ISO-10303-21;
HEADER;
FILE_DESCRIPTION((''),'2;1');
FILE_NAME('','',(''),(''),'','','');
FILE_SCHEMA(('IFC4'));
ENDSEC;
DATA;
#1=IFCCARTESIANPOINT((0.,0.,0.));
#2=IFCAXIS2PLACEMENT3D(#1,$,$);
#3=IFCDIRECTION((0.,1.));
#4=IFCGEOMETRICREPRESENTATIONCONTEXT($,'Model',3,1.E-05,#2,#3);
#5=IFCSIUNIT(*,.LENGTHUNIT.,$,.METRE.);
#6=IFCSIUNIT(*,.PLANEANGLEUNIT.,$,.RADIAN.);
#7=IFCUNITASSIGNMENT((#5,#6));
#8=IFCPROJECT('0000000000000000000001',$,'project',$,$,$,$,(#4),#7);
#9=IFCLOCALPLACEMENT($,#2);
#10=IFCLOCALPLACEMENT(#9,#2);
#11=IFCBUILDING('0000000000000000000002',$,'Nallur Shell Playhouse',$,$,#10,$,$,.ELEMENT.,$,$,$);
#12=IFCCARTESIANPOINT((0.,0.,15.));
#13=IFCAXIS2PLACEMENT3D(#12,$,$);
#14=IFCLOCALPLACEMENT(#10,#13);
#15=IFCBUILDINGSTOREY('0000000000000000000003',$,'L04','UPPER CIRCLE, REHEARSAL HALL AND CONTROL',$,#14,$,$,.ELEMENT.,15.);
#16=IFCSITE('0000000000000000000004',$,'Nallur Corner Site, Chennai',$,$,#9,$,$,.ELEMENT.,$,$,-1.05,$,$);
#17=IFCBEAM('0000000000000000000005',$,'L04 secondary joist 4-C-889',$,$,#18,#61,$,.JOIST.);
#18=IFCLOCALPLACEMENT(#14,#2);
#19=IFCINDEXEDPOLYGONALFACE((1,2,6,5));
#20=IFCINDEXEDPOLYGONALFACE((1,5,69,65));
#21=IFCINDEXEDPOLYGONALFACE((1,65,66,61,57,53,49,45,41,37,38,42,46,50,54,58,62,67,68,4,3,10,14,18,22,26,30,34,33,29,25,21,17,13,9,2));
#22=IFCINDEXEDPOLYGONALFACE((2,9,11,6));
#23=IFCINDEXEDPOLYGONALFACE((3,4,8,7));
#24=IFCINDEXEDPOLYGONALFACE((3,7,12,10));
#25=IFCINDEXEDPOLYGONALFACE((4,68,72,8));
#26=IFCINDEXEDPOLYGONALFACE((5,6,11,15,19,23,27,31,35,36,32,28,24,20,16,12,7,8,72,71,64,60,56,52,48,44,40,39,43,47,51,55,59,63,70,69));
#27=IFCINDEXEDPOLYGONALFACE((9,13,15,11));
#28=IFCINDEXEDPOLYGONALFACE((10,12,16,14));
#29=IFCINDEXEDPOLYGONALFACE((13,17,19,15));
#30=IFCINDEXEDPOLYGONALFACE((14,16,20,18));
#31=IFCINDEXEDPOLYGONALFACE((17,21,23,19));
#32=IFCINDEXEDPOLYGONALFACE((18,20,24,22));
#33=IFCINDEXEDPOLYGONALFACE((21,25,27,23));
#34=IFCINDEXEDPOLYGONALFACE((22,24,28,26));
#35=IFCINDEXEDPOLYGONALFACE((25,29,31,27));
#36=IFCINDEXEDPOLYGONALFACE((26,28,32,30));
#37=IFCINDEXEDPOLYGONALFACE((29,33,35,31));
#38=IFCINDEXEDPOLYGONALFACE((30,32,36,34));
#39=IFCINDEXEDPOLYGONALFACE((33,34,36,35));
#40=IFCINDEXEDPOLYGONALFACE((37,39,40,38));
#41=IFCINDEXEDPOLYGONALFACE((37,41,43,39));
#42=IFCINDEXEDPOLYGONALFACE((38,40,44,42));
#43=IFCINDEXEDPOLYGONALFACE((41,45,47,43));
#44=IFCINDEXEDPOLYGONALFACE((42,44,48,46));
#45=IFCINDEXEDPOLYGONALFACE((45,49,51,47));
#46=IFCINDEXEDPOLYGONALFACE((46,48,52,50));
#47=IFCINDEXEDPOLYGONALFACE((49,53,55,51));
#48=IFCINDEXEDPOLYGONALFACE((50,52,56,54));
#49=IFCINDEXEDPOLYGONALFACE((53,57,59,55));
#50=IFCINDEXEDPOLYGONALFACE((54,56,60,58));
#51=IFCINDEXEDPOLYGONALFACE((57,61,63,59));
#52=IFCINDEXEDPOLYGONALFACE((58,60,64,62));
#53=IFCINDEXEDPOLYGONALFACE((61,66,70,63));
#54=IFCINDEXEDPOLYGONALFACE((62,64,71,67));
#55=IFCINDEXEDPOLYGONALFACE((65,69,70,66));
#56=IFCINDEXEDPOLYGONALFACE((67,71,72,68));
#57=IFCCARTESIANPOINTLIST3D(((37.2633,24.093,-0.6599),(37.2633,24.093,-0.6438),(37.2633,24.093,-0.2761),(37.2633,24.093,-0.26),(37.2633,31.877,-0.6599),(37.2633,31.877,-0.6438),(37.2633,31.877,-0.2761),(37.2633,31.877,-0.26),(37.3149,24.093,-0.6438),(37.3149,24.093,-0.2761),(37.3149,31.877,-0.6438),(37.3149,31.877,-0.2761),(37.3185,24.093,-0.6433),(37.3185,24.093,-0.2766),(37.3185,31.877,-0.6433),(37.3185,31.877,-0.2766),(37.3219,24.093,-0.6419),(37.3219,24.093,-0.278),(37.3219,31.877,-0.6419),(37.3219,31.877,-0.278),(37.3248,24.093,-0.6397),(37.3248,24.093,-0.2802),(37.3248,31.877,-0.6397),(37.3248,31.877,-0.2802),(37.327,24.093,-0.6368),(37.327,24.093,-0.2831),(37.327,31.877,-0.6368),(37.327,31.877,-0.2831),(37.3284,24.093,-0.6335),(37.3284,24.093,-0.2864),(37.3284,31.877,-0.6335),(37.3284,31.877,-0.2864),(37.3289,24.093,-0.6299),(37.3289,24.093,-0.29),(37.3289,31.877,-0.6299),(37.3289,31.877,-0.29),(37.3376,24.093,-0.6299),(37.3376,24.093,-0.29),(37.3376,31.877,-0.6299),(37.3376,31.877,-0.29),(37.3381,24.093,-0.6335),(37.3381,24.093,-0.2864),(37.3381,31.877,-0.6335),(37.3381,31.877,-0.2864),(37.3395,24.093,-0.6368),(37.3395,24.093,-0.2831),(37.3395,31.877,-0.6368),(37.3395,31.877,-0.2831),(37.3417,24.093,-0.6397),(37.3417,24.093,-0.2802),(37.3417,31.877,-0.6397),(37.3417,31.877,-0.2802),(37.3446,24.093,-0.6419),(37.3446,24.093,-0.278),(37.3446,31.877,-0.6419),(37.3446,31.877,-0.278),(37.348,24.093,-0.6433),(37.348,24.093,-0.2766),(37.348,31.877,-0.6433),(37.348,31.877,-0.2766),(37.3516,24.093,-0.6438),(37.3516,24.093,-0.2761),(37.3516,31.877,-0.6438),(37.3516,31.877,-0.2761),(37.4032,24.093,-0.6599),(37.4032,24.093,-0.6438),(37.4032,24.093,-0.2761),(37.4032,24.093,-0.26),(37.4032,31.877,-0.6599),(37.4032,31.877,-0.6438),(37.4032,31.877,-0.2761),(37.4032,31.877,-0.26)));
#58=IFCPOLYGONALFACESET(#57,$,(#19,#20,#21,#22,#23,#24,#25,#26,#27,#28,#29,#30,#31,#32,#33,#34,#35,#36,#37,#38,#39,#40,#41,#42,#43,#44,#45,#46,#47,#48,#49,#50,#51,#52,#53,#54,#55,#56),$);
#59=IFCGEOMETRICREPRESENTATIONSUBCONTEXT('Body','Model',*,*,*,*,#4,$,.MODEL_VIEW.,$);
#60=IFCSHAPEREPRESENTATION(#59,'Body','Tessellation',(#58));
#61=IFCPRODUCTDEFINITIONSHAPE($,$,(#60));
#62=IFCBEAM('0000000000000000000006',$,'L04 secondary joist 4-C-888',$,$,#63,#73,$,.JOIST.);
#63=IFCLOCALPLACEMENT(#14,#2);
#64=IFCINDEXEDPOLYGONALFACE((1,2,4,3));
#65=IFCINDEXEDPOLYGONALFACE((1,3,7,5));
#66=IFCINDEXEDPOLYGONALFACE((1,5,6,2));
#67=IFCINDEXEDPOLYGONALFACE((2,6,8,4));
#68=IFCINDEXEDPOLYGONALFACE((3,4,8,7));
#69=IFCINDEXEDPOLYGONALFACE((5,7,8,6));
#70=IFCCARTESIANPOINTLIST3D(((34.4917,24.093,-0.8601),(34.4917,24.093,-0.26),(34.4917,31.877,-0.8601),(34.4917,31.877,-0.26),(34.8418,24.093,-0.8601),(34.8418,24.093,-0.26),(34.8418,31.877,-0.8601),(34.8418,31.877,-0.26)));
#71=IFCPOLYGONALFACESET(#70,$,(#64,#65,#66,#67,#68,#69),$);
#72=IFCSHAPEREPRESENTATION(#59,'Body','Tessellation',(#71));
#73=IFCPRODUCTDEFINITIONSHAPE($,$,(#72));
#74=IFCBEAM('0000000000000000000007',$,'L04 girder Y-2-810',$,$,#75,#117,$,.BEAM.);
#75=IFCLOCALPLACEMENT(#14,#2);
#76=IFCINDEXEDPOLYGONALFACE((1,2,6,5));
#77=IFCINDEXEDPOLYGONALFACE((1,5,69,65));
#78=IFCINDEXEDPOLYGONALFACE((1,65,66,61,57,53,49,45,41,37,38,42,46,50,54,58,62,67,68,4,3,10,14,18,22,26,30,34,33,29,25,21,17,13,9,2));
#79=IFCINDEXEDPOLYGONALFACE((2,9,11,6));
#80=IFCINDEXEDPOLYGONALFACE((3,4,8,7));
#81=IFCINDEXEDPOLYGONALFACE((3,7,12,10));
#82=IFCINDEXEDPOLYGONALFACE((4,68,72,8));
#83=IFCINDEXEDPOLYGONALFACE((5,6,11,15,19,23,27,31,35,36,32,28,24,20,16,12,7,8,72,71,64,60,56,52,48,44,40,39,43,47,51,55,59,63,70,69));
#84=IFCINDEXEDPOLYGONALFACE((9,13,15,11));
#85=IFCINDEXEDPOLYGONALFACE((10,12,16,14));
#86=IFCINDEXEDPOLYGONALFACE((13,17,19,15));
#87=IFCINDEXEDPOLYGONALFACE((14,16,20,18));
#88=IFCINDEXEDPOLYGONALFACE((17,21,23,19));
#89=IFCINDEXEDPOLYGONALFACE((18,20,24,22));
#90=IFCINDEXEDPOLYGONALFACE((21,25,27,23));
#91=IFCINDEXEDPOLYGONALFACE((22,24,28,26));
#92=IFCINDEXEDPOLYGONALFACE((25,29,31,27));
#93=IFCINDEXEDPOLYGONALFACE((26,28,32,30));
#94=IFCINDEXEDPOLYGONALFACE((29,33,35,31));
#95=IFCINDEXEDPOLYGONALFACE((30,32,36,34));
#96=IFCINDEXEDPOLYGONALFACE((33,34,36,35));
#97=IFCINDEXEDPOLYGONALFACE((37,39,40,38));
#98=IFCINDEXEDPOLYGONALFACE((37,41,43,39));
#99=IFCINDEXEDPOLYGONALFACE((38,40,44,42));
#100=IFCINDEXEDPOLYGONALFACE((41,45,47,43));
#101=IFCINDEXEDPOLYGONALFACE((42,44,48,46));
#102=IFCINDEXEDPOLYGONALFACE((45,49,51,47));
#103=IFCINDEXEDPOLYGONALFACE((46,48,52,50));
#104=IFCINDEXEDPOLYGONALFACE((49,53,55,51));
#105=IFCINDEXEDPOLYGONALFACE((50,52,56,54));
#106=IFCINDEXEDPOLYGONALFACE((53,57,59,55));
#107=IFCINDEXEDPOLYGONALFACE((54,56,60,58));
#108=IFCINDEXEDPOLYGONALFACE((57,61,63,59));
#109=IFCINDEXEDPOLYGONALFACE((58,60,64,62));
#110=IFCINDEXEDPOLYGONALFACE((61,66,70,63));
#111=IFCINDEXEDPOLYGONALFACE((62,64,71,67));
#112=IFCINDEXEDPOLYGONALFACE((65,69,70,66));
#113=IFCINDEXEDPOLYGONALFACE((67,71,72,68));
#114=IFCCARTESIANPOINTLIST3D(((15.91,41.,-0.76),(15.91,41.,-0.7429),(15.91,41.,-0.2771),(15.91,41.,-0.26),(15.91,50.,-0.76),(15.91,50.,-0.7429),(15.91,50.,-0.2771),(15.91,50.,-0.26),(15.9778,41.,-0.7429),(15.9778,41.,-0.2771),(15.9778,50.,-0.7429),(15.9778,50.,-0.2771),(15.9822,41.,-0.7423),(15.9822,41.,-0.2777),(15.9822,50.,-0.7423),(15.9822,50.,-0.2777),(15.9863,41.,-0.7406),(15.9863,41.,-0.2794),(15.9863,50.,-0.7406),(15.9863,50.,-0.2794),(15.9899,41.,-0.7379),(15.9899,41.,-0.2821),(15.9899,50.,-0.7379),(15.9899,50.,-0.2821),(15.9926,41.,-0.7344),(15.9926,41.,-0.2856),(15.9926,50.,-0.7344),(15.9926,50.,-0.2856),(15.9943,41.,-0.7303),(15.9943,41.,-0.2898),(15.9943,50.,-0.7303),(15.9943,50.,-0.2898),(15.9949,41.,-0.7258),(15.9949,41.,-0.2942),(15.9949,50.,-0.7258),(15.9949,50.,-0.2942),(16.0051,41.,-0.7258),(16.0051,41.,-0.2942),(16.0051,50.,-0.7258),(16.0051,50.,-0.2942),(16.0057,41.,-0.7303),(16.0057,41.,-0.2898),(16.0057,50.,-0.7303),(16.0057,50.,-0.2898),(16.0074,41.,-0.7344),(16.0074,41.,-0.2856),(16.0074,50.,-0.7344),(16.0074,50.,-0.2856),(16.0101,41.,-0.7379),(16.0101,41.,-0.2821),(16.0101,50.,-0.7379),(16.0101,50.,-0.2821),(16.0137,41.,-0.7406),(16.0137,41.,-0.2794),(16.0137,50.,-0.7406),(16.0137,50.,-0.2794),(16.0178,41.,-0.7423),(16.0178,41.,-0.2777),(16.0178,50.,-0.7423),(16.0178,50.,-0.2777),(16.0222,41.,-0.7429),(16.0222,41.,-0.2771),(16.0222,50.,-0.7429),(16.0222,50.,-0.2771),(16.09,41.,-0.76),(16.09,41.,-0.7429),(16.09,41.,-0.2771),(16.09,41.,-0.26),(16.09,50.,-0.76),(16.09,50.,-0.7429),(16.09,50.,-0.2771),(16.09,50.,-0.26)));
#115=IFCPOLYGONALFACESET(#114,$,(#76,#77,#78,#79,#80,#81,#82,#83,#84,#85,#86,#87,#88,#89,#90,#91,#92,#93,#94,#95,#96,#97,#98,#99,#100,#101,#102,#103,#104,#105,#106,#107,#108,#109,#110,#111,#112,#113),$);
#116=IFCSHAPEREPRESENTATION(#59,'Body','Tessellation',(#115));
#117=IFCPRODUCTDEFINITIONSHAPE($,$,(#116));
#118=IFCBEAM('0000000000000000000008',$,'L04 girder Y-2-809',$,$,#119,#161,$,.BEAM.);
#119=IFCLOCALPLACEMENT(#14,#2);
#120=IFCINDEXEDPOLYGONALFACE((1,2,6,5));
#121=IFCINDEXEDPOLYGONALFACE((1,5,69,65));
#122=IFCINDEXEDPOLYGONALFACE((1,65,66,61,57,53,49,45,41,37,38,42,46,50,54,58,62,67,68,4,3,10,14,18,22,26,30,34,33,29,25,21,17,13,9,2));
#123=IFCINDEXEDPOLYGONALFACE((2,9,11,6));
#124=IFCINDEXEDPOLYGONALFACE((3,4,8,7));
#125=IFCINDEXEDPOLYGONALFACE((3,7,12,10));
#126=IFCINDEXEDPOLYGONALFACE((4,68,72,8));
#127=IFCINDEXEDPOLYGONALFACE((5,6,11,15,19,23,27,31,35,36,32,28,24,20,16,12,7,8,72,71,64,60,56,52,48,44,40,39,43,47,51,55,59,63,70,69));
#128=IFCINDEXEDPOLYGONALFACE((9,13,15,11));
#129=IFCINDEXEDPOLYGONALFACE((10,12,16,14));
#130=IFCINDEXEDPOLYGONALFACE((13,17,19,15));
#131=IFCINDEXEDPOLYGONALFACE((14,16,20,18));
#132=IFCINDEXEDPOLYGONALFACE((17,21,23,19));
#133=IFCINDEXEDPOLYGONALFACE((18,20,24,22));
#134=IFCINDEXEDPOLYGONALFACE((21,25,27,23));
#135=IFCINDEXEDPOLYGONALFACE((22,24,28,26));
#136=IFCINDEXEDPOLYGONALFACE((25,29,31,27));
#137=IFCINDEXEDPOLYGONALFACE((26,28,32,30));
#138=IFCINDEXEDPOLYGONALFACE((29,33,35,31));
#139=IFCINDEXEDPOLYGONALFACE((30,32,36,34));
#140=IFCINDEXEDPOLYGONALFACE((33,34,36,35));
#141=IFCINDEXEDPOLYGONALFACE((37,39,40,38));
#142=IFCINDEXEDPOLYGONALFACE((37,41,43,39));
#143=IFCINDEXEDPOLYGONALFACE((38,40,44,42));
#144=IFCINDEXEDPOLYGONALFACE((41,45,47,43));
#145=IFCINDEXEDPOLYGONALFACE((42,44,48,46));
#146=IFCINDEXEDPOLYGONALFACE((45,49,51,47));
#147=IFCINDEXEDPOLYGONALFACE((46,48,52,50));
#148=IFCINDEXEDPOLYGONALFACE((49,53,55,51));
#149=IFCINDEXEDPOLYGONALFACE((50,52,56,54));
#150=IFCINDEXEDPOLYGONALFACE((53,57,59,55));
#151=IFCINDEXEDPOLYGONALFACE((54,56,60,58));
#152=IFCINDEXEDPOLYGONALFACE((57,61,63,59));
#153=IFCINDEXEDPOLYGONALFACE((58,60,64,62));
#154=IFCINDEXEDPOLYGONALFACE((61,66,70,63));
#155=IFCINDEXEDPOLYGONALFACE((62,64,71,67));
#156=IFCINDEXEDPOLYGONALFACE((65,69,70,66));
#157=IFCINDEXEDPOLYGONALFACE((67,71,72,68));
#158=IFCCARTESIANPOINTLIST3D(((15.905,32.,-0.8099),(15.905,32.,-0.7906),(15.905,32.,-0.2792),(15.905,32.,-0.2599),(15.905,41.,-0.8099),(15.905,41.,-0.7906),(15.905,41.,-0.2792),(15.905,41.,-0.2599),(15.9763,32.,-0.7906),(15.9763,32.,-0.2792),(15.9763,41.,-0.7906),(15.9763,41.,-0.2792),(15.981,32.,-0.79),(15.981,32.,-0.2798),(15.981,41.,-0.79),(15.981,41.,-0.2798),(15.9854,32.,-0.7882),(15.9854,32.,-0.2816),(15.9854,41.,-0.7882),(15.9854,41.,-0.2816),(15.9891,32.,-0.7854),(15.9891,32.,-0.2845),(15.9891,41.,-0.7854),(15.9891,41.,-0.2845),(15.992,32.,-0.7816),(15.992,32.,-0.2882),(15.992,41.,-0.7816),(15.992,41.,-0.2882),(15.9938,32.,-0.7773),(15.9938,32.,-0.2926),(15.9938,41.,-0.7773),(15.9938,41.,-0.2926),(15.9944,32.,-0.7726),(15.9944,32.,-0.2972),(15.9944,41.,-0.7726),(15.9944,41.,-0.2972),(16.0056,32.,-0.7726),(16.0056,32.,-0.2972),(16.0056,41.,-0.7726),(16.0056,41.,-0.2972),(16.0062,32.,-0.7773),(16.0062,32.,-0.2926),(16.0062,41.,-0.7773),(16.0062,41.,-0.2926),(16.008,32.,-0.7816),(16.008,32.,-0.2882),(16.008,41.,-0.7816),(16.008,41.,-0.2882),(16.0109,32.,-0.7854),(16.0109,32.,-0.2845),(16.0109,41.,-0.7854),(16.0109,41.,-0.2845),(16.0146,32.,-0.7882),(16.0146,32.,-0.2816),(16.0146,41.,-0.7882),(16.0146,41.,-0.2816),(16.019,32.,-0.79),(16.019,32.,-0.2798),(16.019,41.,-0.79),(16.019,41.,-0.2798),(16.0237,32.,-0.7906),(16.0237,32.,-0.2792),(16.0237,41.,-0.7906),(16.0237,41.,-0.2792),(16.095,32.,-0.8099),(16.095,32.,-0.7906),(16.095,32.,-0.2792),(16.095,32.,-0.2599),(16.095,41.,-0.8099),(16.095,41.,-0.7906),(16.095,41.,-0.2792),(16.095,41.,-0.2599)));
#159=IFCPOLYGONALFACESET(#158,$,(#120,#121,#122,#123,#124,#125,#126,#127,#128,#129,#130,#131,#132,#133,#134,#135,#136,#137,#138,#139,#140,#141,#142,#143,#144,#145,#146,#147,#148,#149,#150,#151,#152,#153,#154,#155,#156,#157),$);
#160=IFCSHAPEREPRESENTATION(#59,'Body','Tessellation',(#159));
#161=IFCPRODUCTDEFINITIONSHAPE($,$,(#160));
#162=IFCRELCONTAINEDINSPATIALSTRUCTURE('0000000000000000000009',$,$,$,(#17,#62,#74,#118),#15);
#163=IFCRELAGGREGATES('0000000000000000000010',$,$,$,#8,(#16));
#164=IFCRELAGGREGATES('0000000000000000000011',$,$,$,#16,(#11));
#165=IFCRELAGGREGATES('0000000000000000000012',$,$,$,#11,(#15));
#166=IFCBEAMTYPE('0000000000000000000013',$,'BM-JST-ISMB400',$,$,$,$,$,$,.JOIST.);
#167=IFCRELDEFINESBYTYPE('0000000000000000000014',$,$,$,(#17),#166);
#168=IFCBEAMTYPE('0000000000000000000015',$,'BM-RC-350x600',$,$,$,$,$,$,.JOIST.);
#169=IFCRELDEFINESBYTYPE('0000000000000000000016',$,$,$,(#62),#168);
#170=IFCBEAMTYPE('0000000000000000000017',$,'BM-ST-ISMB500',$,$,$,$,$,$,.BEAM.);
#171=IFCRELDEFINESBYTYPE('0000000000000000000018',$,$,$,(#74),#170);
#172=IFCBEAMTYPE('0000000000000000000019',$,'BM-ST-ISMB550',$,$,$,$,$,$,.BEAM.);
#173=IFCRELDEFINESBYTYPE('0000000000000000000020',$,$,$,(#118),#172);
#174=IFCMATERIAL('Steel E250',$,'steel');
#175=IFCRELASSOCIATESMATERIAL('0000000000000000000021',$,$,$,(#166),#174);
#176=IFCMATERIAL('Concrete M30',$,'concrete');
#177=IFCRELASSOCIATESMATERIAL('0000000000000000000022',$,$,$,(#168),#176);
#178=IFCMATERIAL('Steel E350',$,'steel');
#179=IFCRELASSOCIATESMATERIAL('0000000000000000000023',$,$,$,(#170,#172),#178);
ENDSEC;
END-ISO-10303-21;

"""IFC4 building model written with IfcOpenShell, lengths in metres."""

from ifc_helpers import new_model, si_unit, direction, frame, origin, origin_2d, place, context, subcontext, project, spatial, rectangle, i_section, extrude, material, material_profile, profile_set, type_object, element, save


model = new_model("IFC4")

# Units and contexts
model_context = context("Model", 3, precision=1e-05, world=origin(), true_north=direction((0.0, 1.0)))
body_context = subcontext(model_context, "Body", "Model", "MODEL_VIEW")
ifc_project = project(units=[si_unit("LENGTHUNIT", "METRE"), si_unit("PLANEANGLEUNIT", "RADIAN")], contexts=[model_context])

# Site, building, storey
site_placement = place(None, origin())
site = spatial("IfcSite", under=ifc_project, at=site_placement, Name="Nallur Corner Site, Chennai", CompositionType="ELEMENT", RefElevation=-1.05)
building_placement = place(site_placement, origin())
building = spatial("IfcBuilding", under=site, at=building_placement, Name="Nallur Shell Playhouse", CompositionType="ELEMENT")
storey_placement = place(building_placement, frame((0.0, 0.0, 15.0)))
storey = spatial("IfcBuildingStorey", under=building, at=storey_placement, Name="L04", Description="UPPER CIRCLE, REHEARSAL HALL AND CONTROL", CompositionType="ELEMENT", Elevation=15.0)

# Beams
ifc_material_1 = material(Name="Steel E250", Category="steel")
ifc_material_profile_1 = material_profile(ifc_material_1, i_section(OverallWidth=0.1399, OverallDepth=0.3999, WebThickness=0.0088, FlangeThickness=0.0161, FilletRadius=0.0139, at=origin_2d()), Name="ISMB 400")
ifc_profile_set_1 = profile_set([ifc_material_profile_1], Name="Steel E250")
beam_type_1 = type_object("IfcBeamType", Name="BM-JST-ISMB400", PredefinedType="JOIST", material=ifc_profile_set_1)
beam_1_placement = place(storey_placement, frame((37.3333, 24.093, -0.46), z_axis=(0.0, 1.0, 0.0), x_axis=(-1.0, 0.0, 0.0)))
element("IfcBeam", 1, at=beam_1_placement, inside=storey, type_object=beam_type_1, Name="L04 secondary joist 4-C-889", PredefinedType="JOIST", context=body_context, shape_type="SweptSolid", body=[
    extrude(i_section(OverallWidth=0.1399, OverallDepth=0.3999, WebThickness=0.0088, FlangeThickness=0.0161, FilletRadius=0.0139, at=origin_2d()), origin(), (0.0, 0.0, 1.0), 7.7839),
])
ifc_material_2 = material(Name="Concrete M30", Category="concrete")
ifc_material_profile_2 = material_profile(ifc_material_2, rectangle(XDim=0.3501, YDim=0.6001, at=origin_2d()), Name="RC 350x600")
ifc_profile_set_2 = profile_set([ifc_material_profile_2], Name="Concrete M30")
beam_type_2 = type_object("IfcBeamType", Name="BM-RC-350x600", PredefinedType="JOIST", material=ifc_profile_set_2)
beam_2_placement = place(storey_placement, frame((34.6667, 24.093, -0.5601), z_axis=(0.0, 1.0, 0.0), x_axis=(-1.0, 0.0, 0.0)))
element("IfcBeam", 2, at=beam_2_placement, inside=storey, type_object=beam_type_2, Name="L04 secondary joist 4-C-888", PredefinedType="JOIST", context=body_context, shape_type="SweptSolid", body=[
    extrude(rectangle(XDim=0.3501, YDim=0.6001, at=origin_2d()), origin(), (0.0, 0.0, 1.0), 7.7839),
])
ifc_material_3 = material(Name="Steel E350", Category="steel")
ifc_material_profile_3 = material_profile(ifc_material_3, i_section(OverallWidth=0.1799, OverallDepth=0.5, WebThickness=0.0103, FlangeThickness=0.0171, FilletRadius=0.0171, at=origin_2d()), Name="ISMB 500")
ifc_profile_set_3 = profile_set([ifc_material_profile_3], Name="Steel E350")
beam_type_3 = type_object("IfcBeamType", Name="BM-ST-ISMB500", PredefinedType="BEAM", material=ifc_profile_set_3)
beam_3_placement = place(storey_placement, frame((16.0, 41.0, -0.51), z_axis=(0.0, 1.0, 0.0), x_axis=(-1.0, 0.0, 0.0)))
element("IfcBeam", 3, at=beam_3_placement, inside=storey, type_object=beam_type_3, Name="L04 girder Y-2-810", PredefinedType="BEAM", context=body_context, shape_type="SweptSolid", body=[
    extrude(i_section(OverallWidth=0.1799, OverallDepth=0.5, WebThickness=0.0103, FlangeThickness=0.0171, FilletRadius=0.0171, at=origin_2d()), origin(), (0.0, 0.0, 1.0), 9.0),
])
ifc_material_profile_4 = material_profile(ifc_material_3, i_section(OverallWidth=0.1899, OverallDepth=0.55, WebThickness=0.0112, FlangeThickness=0.0193, FilletRadius=0.0181, at=origin_2d()), Name="ISMB 550")
ifc_profile_set_4 = profile_set([ifc_material_profile_4], Name="Steel E350")
beam_type_4 = type_object("IfcBeamType", Name="BM-ST-ISMB550", PredefinedType="BEAM", material=ifc_profile_set_4)
beam_4_placement = place(storey_placement, frame((16.0, 32.0, -0.5349), z_axis=(0.0, 1.0, 0.0), x_axis=(-1.0, 0.0, 0.0)))
element("IfcBeam", 4, at=beam_4_placement, inside=storey, type_object=beam_type_4, Name="L04 girder Y-2-809", PredefinedType="BEAM", context=body_context, shape_type="SweptSolid", body=[
    extrude(i_section(OverallWidth=0.1899, OverallDepth=0.55, WebThickness=0.0112, FlangeThickness=0.0193, FilletRadius=0.0181, at=origin_2d()), origin(), (0.0, 0.0, 1.0), 9.0),
])

save(model, "model.ifc")
